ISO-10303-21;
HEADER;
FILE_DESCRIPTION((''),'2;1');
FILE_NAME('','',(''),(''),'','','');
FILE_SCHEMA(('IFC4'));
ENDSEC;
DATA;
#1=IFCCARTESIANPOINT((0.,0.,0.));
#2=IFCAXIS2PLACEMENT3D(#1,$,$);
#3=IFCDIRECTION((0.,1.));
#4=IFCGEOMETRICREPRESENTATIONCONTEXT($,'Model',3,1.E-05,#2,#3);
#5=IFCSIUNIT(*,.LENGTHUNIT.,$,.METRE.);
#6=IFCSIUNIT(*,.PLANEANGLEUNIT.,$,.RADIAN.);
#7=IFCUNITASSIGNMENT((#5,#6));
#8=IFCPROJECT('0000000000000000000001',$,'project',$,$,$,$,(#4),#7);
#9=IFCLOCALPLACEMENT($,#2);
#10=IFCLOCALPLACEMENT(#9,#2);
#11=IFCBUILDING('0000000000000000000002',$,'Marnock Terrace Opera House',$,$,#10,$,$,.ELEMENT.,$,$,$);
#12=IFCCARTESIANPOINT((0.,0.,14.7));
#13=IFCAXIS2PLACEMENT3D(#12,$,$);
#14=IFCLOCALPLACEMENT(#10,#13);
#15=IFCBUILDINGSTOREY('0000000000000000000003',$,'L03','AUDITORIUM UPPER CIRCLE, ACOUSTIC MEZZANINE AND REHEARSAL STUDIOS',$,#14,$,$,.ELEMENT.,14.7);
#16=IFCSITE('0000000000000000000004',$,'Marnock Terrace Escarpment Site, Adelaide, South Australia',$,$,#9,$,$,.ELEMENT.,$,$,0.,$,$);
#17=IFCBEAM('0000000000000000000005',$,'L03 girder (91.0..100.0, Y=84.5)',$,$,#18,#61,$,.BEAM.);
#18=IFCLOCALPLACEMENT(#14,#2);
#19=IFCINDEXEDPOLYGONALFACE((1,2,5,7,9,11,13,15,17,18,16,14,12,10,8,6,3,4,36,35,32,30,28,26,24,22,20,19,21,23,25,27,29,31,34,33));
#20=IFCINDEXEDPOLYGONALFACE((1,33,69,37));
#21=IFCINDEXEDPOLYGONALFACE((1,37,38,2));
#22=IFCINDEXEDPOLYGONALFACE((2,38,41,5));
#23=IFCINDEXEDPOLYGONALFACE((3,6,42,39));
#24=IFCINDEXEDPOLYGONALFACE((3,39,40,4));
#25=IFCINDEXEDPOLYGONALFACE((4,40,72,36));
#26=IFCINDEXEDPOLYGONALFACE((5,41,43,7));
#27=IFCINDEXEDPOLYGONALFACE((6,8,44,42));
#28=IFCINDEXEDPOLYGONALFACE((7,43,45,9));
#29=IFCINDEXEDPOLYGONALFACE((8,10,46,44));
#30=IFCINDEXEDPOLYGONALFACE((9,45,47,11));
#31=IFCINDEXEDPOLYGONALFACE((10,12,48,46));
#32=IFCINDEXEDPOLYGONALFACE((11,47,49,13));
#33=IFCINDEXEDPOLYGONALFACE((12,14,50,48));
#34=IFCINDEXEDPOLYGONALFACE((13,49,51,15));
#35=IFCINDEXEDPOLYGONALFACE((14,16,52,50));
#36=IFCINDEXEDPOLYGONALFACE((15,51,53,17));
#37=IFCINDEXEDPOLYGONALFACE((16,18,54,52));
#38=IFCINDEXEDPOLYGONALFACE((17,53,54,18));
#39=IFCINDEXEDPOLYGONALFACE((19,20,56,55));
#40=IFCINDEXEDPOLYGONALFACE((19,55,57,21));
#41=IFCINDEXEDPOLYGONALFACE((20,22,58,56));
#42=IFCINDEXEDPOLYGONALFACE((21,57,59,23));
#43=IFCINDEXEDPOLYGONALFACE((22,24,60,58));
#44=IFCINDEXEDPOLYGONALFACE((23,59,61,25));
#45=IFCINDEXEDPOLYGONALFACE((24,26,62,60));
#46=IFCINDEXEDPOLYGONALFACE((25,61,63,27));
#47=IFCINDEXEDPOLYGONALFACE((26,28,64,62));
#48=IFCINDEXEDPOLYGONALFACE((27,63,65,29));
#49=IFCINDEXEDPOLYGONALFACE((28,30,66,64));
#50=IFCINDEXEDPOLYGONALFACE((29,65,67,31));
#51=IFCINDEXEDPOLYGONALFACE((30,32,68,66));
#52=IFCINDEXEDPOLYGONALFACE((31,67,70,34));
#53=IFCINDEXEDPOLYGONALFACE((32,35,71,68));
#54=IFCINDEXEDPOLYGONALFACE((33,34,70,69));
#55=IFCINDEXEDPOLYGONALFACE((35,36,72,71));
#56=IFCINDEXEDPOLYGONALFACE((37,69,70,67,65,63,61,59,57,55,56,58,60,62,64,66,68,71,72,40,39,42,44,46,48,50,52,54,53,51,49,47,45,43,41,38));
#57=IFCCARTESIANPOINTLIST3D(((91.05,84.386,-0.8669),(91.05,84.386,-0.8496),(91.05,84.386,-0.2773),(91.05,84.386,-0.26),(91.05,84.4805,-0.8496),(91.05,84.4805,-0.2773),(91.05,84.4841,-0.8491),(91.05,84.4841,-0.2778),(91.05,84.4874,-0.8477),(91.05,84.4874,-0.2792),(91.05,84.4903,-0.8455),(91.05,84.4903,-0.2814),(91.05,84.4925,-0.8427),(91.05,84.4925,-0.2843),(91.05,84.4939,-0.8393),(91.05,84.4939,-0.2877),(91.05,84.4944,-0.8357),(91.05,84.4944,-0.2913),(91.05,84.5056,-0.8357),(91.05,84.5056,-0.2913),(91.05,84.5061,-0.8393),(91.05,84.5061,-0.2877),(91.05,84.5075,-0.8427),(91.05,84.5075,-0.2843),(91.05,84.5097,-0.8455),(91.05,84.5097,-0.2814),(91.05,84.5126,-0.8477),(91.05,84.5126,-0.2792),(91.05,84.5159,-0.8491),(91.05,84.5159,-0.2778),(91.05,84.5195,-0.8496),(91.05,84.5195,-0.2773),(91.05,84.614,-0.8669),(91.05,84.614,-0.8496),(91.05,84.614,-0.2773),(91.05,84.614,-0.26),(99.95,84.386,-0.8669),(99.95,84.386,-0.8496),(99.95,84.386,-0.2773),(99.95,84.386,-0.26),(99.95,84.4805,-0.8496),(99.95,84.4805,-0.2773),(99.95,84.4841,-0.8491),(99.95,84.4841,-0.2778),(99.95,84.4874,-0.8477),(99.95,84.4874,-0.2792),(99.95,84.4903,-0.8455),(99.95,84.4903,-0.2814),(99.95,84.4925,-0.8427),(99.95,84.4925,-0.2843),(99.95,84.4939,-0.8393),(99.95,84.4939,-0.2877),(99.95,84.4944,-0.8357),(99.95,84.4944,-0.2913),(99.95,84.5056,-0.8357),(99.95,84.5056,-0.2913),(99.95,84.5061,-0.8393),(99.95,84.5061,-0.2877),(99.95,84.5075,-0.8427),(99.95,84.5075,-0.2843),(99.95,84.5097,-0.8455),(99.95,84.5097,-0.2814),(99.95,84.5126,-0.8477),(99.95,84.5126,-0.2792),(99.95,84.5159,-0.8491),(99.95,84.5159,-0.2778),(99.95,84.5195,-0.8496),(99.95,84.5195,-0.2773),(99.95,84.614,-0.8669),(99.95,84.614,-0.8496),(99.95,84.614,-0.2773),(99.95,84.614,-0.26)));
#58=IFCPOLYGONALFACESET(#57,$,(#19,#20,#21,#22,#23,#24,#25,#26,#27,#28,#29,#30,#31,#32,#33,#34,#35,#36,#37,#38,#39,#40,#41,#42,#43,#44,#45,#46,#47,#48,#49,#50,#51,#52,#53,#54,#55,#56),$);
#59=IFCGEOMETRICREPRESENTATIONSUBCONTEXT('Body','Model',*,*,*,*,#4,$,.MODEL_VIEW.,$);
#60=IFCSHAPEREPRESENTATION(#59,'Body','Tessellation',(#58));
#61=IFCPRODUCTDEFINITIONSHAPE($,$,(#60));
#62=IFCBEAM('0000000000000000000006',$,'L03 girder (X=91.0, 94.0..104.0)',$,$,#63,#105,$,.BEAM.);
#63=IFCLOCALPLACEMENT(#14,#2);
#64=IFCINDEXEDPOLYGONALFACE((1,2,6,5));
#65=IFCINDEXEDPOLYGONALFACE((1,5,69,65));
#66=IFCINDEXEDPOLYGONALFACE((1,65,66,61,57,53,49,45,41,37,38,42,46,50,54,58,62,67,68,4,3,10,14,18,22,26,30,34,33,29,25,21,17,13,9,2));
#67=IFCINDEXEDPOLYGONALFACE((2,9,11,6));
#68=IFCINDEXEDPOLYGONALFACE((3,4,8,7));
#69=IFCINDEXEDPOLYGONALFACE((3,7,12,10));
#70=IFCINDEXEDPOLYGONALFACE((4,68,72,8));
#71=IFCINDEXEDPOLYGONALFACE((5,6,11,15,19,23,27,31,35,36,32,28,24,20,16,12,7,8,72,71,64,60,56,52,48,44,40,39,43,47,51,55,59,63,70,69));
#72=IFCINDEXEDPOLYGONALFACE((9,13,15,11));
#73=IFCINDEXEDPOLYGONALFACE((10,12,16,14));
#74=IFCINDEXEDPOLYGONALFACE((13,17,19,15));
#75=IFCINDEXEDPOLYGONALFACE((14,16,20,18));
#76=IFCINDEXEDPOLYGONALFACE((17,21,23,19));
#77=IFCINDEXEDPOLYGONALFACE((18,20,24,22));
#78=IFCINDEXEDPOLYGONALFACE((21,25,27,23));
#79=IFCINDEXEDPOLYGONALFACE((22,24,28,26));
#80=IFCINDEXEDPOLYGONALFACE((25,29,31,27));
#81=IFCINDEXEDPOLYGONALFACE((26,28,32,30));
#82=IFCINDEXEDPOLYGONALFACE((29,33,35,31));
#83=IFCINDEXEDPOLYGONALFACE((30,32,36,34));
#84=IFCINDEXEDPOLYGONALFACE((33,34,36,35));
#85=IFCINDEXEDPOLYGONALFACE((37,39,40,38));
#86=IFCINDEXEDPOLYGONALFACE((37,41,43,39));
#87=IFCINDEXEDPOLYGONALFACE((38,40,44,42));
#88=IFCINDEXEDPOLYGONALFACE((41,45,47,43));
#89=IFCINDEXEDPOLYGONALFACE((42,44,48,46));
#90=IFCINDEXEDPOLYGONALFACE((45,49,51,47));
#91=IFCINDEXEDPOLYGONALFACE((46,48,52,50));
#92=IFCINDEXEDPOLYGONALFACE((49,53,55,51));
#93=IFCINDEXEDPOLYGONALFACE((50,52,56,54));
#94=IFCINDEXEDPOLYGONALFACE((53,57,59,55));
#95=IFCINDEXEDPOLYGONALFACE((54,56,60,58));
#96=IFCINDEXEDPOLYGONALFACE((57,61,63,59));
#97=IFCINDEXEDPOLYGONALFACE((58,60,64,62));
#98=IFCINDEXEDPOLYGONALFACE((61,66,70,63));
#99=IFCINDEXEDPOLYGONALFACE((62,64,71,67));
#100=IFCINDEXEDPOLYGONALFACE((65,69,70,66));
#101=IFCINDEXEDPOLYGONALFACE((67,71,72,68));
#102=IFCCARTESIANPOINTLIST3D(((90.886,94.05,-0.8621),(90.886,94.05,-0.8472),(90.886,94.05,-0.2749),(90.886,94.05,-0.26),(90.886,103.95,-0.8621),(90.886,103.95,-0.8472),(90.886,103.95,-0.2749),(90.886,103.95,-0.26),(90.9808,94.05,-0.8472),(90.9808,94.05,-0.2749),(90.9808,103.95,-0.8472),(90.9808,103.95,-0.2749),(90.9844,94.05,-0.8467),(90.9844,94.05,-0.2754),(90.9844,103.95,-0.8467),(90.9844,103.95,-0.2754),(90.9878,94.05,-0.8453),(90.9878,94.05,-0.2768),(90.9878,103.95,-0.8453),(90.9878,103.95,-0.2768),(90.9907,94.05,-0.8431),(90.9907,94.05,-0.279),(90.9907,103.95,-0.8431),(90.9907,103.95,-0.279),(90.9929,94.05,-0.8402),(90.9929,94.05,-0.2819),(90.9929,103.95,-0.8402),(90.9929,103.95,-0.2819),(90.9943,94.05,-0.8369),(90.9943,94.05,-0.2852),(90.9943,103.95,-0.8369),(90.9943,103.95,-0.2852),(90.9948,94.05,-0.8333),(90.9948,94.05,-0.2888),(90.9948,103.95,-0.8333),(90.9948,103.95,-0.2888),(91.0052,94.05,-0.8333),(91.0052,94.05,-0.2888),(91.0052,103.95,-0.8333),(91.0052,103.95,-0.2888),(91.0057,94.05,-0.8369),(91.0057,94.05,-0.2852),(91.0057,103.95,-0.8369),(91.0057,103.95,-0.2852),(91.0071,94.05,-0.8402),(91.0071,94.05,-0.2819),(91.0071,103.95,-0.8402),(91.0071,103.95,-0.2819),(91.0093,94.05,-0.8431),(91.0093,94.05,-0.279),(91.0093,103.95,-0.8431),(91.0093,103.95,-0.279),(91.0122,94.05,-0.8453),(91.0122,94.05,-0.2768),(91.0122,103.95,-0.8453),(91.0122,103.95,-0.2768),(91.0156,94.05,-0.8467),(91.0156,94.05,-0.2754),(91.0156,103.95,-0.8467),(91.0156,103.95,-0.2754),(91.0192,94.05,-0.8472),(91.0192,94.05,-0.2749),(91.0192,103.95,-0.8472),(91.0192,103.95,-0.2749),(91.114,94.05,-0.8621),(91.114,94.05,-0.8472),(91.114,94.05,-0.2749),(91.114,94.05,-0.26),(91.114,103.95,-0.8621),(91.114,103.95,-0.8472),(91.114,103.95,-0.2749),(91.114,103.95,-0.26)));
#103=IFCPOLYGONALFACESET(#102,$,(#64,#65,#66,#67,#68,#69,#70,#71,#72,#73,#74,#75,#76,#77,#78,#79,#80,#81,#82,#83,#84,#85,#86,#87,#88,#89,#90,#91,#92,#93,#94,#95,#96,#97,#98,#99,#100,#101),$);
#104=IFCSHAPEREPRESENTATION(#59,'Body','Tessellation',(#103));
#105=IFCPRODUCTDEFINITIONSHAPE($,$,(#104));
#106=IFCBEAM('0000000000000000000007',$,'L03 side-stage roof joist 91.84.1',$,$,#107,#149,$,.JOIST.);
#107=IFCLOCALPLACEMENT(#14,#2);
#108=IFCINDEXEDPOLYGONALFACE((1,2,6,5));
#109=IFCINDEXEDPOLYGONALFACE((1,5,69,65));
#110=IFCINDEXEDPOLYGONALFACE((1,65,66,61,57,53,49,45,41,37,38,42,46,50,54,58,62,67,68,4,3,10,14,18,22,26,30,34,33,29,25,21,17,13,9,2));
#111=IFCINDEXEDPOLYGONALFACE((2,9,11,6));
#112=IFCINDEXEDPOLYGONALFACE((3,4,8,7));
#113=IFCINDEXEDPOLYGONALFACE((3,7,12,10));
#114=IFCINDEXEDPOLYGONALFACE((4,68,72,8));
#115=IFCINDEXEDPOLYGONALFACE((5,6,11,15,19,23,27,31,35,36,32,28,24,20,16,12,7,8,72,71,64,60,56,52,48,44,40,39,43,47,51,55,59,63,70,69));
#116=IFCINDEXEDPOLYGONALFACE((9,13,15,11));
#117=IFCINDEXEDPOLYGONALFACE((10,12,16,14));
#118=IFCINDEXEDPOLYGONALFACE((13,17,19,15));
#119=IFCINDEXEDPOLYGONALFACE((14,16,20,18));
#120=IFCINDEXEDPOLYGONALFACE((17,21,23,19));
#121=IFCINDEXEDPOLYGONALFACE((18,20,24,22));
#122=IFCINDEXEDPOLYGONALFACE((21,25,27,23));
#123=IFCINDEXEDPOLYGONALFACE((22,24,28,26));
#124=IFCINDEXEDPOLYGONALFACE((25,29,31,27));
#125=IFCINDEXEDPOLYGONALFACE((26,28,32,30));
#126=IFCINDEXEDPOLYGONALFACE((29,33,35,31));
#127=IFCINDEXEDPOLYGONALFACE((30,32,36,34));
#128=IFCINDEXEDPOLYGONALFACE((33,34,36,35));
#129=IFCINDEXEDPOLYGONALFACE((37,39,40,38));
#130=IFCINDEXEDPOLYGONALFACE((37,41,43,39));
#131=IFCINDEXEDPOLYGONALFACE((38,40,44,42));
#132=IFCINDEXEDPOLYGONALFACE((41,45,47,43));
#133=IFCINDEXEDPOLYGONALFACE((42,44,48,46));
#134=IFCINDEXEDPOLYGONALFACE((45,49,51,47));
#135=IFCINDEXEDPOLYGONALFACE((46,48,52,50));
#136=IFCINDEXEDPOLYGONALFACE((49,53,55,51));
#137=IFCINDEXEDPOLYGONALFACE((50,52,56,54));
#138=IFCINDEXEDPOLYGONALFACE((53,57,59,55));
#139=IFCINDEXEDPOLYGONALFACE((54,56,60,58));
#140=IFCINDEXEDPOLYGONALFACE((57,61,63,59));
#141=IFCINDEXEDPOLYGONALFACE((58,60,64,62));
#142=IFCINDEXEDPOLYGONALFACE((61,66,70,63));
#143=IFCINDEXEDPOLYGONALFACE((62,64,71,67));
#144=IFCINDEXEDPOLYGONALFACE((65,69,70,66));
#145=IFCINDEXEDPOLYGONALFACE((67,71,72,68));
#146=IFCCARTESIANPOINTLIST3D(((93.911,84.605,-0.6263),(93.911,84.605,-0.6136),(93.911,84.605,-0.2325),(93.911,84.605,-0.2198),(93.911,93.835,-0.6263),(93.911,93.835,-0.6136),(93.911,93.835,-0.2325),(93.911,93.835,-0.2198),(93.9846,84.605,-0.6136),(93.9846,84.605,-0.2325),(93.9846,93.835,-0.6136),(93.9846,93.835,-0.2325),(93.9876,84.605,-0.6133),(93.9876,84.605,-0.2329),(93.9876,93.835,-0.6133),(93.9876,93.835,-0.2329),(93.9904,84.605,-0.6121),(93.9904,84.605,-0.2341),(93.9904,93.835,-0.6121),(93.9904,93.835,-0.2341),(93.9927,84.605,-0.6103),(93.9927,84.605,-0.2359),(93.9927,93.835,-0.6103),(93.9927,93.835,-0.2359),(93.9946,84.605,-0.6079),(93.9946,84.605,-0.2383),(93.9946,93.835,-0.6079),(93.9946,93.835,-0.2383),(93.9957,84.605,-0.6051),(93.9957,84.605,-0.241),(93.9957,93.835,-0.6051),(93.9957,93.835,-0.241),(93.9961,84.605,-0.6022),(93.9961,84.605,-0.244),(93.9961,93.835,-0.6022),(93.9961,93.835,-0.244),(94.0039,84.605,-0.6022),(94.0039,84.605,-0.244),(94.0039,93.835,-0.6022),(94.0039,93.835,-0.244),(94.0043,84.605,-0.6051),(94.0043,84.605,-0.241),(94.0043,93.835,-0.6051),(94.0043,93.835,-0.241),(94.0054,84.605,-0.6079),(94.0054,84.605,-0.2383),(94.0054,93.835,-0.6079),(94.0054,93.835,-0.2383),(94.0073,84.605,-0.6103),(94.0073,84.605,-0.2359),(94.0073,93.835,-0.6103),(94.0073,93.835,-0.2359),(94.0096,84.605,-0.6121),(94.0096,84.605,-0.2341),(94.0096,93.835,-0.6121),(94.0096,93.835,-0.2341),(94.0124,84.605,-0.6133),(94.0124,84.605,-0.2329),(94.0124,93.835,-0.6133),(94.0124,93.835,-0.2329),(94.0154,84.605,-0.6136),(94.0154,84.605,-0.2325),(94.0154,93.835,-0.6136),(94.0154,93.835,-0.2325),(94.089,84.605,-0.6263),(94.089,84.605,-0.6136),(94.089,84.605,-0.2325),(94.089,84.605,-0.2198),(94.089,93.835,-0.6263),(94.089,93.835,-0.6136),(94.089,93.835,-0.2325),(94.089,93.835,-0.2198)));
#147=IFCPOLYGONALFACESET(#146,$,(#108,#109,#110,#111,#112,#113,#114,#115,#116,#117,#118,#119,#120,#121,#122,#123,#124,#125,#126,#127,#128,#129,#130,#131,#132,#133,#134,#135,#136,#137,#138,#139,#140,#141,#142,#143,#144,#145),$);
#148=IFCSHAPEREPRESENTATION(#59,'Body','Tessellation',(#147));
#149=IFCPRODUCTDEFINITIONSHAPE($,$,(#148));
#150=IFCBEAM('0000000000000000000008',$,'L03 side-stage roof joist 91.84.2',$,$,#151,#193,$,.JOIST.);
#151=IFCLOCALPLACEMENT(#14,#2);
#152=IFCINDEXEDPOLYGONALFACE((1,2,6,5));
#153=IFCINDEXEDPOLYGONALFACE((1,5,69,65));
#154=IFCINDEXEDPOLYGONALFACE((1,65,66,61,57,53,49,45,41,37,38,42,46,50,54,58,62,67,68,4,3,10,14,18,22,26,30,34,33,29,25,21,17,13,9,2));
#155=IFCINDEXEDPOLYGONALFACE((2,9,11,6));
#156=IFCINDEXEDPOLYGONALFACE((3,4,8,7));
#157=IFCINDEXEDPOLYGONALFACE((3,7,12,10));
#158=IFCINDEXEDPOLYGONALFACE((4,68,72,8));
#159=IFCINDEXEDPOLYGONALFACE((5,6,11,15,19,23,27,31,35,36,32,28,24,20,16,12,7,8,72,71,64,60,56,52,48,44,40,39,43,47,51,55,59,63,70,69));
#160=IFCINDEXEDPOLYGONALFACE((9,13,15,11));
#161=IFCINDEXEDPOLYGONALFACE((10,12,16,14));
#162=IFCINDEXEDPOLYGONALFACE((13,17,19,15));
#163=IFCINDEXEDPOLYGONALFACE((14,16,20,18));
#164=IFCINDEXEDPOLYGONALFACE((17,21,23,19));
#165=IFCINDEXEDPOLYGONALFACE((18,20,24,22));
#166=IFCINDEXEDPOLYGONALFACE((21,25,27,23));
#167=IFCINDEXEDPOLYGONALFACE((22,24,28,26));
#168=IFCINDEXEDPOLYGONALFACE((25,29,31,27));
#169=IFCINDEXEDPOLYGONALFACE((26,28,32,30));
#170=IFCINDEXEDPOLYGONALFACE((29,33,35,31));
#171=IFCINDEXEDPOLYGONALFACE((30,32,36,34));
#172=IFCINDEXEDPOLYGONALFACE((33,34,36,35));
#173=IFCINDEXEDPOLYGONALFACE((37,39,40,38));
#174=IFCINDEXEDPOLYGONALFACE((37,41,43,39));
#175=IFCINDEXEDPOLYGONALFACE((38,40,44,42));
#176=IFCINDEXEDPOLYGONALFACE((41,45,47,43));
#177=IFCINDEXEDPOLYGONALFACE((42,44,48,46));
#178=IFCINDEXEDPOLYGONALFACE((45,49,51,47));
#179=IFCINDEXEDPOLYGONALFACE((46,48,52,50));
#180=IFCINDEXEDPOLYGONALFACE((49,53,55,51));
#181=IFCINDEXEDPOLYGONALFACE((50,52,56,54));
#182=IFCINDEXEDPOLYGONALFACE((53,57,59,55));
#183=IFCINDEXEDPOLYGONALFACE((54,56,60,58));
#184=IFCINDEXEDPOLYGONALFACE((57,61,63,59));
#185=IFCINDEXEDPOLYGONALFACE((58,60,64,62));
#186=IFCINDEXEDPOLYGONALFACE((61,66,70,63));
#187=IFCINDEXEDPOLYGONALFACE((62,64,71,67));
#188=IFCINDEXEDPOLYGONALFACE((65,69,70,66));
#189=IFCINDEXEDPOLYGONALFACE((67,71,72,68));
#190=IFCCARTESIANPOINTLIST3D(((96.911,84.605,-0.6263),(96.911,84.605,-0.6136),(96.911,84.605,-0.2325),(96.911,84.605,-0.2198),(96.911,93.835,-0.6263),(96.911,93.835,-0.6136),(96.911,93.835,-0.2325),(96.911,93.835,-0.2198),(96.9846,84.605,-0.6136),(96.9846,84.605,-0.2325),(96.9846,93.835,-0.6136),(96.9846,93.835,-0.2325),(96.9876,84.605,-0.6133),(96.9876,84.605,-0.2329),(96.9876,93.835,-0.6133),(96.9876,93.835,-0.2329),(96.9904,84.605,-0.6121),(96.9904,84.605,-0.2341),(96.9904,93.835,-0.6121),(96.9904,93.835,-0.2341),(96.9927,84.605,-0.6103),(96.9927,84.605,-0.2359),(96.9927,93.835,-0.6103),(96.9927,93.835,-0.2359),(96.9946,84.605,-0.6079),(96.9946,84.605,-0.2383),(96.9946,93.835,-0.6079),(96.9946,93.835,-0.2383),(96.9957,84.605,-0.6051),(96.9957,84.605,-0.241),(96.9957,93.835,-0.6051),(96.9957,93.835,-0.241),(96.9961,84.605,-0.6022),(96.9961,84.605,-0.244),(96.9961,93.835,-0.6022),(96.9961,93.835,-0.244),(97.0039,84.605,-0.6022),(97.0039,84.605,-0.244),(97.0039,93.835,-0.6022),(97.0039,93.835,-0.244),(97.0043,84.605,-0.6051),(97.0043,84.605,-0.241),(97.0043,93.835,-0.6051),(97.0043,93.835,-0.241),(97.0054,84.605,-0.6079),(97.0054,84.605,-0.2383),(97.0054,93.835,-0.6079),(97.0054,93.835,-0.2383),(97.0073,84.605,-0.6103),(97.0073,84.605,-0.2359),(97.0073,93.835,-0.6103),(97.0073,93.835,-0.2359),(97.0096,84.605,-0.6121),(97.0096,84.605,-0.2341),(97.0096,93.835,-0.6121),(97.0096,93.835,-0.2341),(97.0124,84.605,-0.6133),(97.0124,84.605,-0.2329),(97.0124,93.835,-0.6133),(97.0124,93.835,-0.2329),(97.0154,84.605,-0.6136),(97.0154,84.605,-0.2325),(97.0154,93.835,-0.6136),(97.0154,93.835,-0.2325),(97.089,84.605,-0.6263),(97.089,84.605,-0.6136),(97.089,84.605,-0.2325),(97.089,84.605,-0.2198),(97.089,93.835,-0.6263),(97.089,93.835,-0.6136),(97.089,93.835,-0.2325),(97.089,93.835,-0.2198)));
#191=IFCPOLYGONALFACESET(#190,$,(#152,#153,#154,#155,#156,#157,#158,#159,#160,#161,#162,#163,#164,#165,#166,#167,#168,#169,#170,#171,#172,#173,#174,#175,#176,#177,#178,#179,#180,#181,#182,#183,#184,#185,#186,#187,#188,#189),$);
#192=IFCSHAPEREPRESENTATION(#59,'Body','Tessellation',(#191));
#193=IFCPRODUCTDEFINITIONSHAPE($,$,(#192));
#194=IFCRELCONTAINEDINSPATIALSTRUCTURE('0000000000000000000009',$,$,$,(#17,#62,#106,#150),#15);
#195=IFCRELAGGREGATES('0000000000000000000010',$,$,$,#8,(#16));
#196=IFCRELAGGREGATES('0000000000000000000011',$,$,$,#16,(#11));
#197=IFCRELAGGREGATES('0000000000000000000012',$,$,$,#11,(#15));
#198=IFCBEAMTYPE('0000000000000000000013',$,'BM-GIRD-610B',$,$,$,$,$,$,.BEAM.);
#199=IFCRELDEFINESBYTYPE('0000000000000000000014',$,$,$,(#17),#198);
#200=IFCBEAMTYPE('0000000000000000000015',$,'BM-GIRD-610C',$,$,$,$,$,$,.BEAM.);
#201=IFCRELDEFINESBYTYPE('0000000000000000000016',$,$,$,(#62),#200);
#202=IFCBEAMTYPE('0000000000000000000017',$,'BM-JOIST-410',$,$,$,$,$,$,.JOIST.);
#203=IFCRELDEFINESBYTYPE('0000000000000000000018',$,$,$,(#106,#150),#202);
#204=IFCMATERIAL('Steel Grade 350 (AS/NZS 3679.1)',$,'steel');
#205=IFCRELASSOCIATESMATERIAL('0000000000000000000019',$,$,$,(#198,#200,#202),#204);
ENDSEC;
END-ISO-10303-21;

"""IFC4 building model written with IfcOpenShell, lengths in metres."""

from ifc_helpers import new_model, si_unit, direction, frame, origin, origin_2d, place, context, subcontext, project, spatial, i_section, extrude, material, material_profile, profile_set, type_object, element, save


model = new_model("IFC4")

# Units and contexts
model_context = context("Model", 3, precision=1e-05, world=origin(), true_north=direction((0.0, 1.0)))
body_context = subcontext(model_context, "Body", "Model", "MODEL_VIEW")
ifc_project = project(units=[si_unit("LENGTHUNIT", "METRE"), si_unit("PLANEANGLEUNIT", "RADIAN")], contexts=[model_context])

# Site, building, storey
site_placement = place(None, origin())
site = spatial("IfcSite", under=ifc_project, at=site_placement, Name="Marnock Terrace Escarpment Site, Adelaide, South Australia", CompositionType="ELEMENT", RefElevation=0.0)
building_placement = place(site_placement, origin())
building = spatial("IfcBuilding", under=site, at=building_placement, Name="Marnock Terrace Opera House", CompositionType="ELEMENT")
storey_placement = place(building_placement, frame((0.0, 0.0, 14.7)))
storey = spatial("IfcBuildingStorey", under=building, at=storey_placement, Name="L03", Description="AUDITORIUM UPPER CIRCLE, ACOUSTIC MEZZANINE AND REHEARSAL STUDIOS", CompositionType="ELEMENT", Elevation=14.7)

# Beams
ifc_material_1 = material(Name="Steel Grade 350 (AS/NZS 3679.1)", Category="steel")
ifc_material_profile_1 = material_profile(ifc_material_1, i_section(OverallWidth=0.228, OverallDepth=0.6069, WebThickness=0.0112, FlangeThickness=0.0173, FilletRadius=0.0139, at=origin_2d()))
ifc_profile_set_1 = profile_set([ifc_material_profile_1], Name="Steel Grade 350 (AS/NZS 3679.1)")
beam_type_1 = type_object("IfcBeamType", Name="BM-GIRD-610B", PredefinedType="BEAM", material=ifc_profile_set_1)
beam_1_placement = place(storey_placement, frame((91.05, 84.5, -0.5635), z_axis=(1.0, 0.0, 0.0), x_axis=(0.0, 1.0, 0.0)))
element("IfcBeam", 1, at=beam_1_placement, inside=storey, type_object=beam_type_1, Name="L03 girder (91.0..100.0, Y=84.5)", PredefinedType="BEAM", context=body_context, shape_type="SweptSolid", body=[
    extrude(i_section(OverallWidth=0.228, OverallDepth=0.6069, WebThickness=0.0112, FlangeThickness=0.0173, FilletRadius=0.0139, at=origin_2d()), origin(), (0.0, 0.0, 1.0), 8.8999),
])
ifc_material_profile_2 = material_profile(ifc_material_1, i_section(OverallWidth=0.228, OverallDepth=0.6021, WebThickness=0.0105, FlangeThickness=0.0149, FilletRadius=0.0139, at=origin_2d()))
ifc_profile_set_2 = profile_set([ifc_material_profile_2], Name="Steel Grade 350 (AS/NZS 3679.1)")
beam_type_2 = type_object("IfcBeamType", Name="BM-GIRD-610C", PredefinedType="BEAM", material=ifc_profile_set_2)
beam_2_placement = place(storey_placement, frame((91.0, 94.05, -0.561), z_axis=(0.0, 1.0, 0.0), x_axis=(-1.0, 0.0, 0.0)))
element("IfcBeam", 2, at=beam_2_placement, inside=storey, type_object=beam_type_2, Name="L03 girder (X=91.0, 94.0..104.0)", PredefinedType="BEAM", context=body_context, shape_type="SweptSolid", body=[
    extrude(i_section(OverallWidth=0.228, OverallDepth=0.6021, WebThickness=0.0105, FlangeThickness=0.0149, FilletRadius=0.0139, at=origin_2d()), origin(), (0.0, 0.0, 1.0), 9.8999),
])
ifc_material_profile_3 = material_profile(ifc_material_1, i_section(OverallWidth=0.178, OverallDepth=0.4065, WebThickness=0.0078, FlangeThickness=0.0127, FilletRadius=0.0115, at=origin_2d()))
ifc_profile_set_3 = profile_set([ifc_material_profile_3], Name="Steel Grade 350 (AS/NZS 3679.1)")
beam_type_3 = type_object("IfcBeamType", Name="BM-JOIST-410", PredefinedType="JOIST", material=ifc_profile_set_3)
for number, where, z_axis, x_axis, name in (
    (3, (94.0, 84.605, -0.4231), (0.0, 1.0, 0.0), (-1.0, 0.0, 0.0), "L03 side-stage roof joist 91.84.1"),
    (4, (97.0, 84.605, -0.4231), (0.0, 1.0, 0.0), (-1.0, 0.0, 0.0), "L03 side-stage roof joist 91.84.2"),
):
    element("IfcBeam", number, at=place(storey_placement, frame(where, z_axis=z_axis, x_axis=x_axis)), inside=storey, type_object=beam_type_3, Name=name, PredefinedType="JOIST", context=body_context, shape_type="SweptSolid", body=[
        extrude(i_section(OverallWidth=0.178, OverallDepth=0.4065, WebThickness=0.0078, FlangeThickness=0.0127, FilletRadius=0.0115, at=origin_2d()), origin(), (0.0, 0.0, 1.0), 9.23),
    ])

save(model, "model.ifc")
